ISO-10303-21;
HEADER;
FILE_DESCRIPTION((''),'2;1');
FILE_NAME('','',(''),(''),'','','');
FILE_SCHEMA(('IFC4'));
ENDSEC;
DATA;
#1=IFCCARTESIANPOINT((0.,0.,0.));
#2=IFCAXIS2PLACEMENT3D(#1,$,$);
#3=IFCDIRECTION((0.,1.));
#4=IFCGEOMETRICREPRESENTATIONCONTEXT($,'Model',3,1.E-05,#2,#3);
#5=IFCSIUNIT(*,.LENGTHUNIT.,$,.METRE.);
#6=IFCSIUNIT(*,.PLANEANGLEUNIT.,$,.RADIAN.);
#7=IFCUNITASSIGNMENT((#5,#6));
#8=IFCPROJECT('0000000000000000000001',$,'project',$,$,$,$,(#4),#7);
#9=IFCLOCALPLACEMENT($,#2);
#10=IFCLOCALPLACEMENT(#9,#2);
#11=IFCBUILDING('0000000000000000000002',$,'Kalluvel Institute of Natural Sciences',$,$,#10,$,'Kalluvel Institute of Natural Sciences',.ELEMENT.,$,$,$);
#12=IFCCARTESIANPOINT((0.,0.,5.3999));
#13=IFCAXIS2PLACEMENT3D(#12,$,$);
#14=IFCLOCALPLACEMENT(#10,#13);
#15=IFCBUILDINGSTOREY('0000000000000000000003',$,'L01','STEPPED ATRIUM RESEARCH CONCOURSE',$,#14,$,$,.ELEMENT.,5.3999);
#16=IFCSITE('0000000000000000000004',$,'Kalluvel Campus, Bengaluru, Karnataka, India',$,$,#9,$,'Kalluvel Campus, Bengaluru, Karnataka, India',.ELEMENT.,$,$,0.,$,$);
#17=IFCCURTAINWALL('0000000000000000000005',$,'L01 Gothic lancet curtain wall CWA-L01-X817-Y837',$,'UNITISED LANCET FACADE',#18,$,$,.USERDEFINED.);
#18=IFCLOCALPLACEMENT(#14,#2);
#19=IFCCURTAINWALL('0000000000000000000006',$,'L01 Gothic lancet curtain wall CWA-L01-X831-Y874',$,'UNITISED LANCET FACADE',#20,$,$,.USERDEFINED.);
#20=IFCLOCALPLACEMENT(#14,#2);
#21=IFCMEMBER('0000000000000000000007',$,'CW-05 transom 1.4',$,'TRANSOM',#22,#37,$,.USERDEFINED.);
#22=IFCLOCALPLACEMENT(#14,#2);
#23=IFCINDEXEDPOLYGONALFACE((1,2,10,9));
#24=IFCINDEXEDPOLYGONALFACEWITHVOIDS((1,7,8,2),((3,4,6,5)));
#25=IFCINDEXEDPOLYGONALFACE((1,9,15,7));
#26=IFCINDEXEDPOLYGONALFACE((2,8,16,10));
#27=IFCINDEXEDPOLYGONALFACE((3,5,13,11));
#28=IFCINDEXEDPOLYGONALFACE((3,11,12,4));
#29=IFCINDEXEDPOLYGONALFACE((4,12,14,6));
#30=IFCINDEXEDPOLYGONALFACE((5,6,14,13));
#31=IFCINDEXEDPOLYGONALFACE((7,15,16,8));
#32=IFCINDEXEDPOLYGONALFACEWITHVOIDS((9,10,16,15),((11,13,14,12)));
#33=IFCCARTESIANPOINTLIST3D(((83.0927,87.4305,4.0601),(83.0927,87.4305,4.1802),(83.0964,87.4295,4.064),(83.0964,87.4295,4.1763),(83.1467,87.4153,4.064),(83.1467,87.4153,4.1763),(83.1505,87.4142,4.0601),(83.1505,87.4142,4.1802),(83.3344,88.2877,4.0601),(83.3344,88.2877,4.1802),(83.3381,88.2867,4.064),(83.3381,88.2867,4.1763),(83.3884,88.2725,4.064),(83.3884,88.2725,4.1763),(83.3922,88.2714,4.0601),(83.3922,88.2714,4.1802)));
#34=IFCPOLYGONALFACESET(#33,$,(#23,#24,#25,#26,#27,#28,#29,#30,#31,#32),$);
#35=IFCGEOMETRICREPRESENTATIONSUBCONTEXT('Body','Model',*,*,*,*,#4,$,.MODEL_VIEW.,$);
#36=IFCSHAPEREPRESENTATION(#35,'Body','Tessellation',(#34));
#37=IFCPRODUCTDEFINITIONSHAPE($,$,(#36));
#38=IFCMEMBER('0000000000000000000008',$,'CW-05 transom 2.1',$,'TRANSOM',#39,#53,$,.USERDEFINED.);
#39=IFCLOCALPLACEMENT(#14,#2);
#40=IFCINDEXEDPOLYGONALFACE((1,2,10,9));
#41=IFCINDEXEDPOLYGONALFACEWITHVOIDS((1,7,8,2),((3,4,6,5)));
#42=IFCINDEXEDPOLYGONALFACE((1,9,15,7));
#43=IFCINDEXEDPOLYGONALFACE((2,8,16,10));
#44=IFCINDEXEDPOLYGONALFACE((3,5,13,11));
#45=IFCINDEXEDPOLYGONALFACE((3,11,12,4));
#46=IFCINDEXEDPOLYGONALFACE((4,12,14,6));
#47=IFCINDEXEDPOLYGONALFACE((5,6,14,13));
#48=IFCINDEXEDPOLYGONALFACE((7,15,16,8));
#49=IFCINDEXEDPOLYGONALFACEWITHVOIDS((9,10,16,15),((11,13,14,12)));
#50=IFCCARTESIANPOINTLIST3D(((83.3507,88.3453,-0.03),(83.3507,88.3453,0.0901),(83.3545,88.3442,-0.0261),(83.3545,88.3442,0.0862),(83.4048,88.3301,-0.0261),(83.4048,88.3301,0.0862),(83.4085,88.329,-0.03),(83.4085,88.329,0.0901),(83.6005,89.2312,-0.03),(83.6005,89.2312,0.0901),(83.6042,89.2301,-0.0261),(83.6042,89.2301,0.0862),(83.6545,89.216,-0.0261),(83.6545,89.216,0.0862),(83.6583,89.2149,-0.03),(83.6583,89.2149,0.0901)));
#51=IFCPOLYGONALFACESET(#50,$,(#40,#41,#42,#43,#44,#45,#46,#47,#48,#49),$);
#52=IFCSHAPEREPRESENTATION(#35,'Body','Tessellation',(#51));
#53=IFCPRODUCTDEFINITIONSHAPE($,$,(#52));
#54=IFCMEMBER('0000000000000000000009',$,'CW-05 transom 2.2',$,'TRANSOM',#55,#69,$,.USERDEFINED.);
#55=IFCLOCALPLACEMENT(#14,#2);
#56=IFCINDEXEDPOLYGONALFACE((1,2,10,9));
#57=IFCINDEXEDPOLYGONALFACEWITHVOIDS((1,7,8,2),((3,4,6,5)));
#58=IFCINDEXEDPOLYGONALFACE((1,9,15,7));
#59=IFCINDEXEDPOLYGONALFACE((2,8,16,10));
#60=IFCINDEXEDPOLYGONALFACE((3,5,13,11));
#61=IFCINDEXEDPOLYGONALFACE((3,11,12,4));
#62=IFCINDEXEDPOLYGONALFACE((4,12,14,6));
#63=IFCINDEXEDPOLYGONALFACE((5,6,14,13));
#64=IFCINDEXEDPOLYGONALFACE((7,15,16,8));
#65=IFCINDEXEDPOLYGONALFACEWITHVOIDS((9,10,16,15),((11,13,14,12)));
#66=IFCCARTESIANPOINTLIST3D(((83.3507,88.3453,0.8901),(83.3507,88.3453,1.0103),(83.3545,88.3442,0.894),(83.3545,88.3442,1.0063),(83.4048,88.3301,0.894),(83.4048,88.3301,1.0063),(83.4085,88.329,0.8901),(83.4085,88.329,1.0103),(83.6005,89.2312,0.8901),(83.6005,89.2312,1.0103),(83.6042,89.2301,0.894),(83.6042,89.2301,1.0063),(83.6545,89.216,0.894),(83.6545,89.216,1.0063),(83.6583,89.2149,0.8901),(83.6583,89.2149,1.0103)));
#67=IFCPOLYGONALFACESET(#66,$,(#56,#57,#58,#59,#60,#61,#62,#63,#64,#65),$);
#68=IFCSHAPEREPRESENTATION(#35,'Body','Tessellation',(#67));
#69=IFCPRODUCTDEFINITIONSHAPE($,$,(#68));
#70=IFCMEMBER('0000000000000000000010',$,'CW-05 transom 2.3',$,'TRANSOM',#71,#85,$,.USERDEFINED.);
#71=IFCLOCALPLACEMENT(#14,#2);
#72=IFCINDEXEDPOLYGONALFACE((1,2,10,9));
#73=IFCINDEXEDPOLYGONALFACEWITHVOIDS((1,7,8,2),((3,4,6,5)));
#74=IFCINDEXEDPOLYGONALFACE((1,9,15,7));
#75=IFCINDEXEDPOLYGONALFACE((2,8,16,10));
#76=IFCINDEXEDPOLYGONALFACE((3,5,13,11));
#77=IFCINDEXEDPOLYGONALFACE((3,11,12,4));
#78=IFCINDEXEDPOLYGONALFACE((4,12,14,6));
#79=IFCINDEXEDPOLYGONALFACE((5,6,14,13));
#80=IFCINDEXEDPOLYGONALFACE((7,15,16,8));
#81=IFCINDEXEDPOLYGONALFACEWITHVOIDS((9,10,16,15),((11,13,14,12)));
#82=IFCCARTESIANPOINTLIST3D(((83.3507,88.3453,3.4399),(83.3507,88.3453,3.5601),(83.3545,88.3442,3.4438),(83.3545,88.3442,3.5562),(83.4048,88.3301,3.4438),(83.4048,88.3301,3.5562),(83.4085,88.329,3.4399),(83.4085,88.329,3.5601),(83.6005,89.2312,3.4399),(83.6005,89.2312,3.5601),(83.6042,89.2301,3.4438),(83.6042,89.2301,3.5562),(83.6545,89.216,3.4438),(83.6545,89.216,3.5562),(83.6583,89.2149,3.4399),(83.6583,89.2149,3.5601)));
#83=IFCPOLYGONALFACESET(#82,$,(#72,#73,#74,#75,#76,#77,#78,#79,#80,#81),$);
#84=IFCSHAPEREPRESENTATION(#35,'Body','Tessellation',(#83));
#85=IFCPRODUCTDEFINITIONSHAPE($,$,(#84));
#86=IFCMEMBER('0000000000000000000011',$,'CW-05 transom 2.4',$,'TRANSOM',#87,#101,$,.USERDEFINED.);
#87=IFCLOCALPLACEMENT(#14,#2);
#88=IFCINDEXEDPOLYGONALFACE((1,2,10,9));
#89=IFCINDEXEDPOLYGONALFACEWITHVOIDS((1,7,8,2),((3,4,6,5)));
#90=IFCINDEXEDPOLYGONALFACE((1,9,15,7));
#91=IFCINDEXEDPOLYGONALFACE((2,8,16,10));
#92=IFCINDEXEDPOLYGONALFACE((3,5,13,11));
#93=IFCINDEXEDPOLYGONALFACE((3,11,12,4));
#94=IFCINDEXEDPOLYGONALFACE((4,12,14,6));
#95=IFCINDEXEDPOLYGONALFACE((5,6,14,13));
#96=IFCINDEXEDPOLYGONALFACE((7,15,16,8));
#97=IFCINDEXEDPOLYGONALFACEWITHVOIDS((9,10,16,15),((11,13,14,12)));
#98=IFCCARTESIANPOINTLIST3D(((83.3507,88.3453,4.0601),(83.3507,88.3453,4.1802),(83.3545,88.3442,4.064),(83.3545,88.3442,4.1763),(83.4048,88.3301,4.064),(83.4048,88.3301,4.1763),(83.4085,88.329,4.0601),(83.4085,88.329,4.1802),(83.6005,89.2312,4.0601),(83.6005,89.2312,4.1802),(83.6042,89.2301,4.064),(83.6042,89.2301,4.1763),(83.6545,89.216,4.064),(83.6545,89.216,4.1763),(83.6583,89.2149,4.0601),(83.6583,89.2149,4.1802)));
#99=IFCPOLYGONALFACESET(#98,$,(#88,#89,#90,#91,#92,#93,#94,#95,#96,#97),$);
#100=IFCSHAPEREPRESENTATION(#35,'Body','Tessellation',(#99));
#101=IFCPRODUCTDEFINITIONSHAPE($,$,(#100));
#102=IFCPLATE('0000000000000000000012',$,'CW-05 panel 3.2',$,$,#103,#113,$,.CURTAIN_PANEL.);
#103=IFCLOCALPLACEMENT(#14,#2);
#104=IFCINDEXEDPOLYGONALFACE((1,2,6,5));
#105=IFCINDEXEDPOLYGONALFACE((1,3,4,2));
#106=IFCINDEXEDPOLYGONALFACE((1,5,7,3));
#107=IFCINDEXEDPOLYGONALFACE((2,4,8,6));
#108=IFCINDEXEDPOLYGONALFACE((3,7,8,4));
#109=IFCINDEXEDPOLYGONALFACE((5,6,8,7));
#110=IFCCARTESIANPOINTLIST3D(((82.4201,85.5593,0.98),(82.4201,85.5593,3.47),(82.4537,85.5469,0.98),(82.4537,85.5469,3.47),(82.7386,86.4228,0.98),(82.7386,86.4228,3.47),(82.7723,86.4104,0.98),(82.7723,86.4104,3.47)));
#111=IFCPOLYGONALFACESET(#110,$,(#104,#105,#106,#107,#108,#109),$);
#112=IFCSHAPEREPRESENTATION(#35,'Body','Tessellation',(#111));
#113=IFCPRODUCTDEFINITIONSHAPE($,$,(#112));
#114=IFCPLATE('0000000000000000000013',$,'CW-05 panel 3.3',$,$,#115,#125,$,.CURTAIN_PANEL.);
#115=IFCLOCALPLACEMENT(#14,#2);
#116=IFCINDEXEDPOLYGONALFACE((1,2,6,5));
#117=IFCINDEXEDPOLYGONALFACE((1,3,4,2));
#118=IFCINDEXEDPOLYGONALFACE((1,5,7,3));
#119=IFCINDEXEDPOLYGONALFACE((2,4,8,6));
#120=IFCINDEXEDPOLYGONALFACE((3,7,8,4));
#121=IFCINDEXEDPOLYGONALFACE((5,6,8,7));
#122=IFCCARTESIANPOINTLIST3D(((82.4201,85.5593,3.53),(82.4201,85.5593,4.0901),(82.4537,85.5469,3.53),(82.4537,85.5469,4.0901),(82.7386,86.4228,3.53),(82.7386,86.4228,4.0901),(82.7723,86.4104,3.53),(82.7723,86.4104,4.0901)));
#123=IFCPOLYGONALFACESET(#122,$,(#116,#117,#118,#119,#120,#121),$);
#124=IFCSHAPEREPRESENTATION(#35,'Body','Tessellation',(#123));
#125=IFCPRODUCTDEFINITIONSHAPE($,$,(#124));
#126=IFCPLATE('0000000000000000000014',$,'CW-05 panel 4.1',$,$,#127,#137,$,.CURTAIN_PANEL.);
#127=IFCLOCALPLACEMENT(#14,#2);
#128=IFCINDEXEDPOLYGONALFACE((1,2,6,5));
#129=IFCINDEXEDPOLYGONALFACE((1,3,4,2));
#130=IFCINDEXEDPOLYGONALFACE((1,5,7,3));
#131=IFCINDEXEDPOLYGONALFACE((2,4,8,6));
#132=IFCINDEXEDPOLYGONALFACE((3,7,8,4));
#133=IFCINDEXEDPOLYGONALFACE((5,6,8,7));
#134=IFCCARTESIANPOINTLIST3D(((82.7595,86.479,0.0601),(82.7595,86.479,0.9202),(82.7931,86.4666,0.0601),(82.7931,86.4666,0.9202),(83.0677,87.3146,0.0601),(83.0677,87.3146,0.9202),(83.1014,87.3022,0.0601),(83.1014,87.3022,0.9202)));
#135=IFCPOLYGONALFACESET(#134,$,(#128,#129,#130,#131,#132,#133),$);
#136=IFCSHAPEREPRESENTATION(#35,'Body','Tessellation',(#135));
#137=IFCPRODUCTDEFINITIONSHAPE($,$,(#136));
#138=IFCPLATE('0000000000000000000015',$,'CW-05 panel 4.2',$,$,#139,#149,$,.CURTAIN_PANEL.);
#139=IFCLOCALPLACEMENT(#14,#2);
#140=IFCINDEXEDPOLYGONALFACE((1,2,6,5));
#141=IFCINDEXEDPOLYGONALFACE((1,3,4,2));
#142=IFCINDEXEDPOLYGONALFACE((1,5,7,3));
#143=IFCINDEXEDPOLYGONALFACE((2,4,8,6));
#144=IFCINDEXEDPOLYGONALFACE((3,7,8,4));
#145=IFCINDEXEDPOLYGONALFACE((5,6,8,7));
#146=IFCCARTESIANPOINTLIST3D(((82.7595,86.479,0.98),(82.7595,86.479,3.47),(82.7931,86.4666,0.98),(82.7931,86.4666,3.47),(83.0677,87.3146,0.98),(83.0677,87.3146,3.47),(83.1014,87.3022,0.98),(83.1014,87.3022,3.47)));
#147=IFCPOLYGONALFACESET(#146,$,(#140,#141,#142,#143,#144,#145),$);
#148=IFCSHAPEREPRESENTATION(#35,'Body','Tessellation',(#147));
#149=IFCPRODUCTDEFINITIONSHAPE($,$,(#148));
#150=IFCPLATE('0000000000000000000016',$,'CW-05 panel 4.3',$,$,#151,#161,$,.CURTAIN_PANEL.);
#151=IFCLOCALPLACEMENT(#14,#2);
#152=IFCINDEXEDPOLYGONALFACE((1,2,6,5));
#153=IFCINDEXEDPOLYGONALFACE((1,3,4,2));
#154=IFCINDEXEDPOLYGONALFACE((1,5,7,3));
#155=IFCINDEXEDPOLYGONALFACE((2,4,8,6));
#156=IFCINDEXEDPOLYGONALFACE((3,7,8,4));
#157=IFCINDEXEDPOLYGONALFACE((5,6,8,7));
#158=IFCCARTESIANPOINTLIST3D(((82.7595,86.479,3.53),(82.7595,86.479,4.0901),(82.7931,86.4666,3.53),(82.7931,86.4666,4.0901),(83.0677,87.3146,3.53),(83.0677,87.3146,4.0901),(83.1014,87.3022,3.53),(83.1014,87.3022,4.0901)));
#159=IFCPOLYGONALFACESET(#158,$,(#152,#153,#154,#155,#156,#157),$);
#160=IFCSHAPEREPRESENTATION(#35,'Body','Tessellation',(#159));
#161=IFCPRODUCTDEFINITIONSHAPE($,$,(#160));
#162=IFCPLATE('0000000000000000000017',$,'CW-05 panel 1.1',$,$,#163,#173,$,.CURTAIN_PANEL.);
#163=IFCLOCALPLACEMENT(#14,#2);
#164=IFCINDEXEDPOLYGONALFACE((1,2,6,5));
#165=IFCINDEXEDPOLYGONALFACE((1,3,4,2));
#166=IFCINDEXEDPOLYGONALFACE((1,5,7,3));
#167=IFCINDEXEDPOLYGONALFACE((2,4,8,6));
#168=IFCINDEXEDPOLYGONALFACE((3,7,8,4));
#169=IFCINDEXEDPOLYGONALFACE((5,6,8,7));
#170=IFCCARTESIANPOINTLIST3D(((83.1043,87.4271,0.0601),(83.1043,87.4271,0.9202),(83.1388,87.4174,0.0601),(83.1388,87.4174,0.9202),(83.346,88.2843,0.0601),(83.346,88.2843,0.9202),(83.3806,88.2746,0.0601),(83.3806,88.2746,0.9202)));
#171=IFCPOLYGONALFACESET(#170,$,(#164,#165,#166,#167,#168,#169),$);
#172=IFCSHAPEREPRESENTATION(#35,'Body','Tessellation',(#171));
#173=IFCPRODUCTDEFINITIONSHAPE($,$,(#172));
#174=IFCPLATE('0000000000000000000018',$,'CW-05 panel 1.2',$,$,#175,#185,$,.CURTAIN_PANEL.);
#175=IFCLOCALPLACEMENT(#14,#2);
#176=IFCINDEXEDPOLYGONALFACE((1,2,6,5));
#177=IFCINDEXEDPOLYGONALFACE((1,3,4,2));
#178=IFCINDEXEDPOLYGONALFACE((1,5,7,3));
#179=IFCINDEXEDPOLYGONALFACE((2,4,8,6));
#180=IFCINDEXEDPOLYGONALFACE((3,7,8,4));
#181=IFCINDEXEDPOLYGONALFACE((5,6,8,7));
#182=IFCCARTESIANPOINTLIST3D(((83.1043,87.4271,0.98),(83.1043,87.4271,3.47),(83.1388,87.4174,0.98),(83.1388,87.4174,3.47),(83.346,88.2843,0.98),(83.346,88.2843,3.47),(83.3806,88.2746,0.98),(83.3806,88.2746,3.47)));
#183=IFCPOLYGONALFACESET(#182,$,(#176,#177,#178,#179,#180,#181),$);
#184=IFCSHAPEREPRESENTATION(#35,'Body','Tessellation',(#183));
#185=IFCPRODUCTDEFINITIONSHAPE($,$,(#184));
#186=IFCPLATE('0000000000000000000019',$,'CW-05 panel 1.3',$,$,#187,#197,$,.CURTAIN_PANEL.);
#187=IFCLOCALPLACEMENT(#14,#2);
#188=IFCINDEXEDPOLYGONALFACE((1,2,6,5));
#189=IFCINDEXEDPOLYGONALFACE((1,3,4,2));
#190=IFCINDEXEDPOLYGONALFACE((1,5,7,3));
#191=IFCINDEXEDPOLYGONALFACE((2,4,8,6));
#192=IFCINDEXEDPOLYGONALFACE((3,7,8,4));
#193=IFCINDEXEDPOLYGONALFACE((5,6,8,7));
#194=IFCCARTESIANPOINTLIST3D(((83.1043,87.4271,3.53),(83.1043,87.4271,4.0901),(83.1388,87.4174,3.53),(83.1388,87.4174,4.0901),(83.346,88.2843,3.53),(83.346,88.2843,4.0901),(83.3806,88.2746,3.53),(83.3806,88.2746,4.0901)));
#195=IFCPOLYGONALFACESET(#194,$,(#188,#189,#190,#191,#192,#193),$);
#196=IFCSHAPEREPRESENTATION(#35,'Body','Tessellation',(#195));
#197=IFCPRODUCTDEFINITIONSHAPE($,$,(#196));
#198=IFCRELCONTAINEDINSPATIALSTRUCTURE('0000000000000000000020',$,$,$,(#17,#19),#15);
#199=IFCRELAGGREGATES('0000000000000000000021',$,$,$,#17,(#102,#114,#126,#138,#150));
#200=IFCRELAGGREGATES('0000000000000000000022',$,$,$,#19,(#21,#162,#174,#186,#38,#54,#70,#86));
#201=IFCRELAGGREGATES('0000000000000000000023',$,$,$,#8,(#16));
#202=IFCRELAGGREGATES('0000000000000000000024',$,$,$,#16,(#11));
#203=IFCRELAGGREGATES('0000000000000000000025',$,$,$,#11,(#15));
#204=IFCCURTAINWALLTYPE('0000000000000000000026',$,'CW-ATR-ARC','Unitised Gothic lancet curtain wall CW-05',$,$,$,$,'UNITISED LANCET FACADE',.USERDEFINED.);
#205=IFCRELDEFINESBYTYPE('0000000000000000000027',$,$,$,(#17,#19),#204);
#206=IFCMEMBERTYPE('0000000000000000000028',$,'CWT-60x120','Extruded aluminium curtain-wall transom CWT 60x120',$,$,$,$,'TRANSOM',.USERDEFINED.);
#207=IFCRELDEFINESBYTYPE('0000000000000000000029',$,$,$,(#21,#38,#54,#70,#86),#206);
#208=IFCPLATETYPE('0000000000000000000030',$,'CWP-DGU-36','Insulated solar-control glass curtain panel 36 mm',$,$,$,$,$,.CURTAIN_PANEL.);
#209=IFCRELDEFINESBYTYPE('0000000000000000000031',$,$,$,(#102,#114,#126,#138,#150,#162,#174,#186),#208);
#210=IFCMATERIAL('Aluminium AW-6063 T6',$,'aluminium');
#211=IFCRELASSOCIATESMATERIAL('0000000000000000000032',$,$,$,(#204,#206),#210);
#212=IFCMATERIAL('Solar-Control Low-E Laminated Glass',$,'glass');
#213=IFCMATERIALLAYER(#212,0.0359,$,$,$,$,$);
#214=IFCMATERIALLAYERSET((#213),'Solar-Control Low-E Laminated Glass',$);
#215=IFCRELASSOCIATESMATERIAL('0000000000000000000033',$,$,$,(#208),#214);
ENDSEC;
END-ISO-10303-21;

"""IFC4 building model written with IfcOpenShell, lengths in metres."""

from ifc_helpers import new_model, si_unit, direction, frame, origin, origin_2d, place, context, subcontext, project, spatial, rectangle, hollow_rectangle, extrude, material, layer, layer_set, material_profile, profile_set, type_object, element, aggregate, save


model = new_model("IFC4")

# Units and contexts
model_context = context("Model", 3, precision=1e-05, world=origin(), true_north=direction((0.0, 1.0)))
body_context = subcontext(model_context, "Body", "Model", "MODEL_VIEW")
ifc_project = project(units=[si_unit("LENGTHUNIT", "METRE"), si_unit("PLANEANGLEUNIT", "RADIAN")], contexts=[model_context])

# Site, building, storey
site_placement = place(None, origin())
site = spatial("IfcSite", under=ifc_project, at=site_placement, Name="Kalluvel Campus, Bengaluru, Karnataka, India", LongName="Kalluvel Campus, Bengaluru, Karnataka, India", CompositionType="ELEMENT", RefElevation=0.0)
building_placement = place(site_placement, origin())
building = spatial("IfcBuilding", under=site, at=building_placement, Name="Kalluvel Institute of Natural Sciences", LongName="Kalluvel Institute of Natural Sciences", CompositionType="ELEMENT")
storey_placement = place(building_placement, frame((0.0, 0.0, 5.3999)))
storey = spatial("IfcBuildingStorey", under=building, at=storey_placement, Name="L01", Description="STEPPED ATRIUM RESEARCH CONCOURSE", CompositionType="ELEMENT", Elevation=5.3999)

# Curtain walls
ifc_material_1 = material(Name="Aluminium AW-6063 T6", Category="aluminium")
curtain_wall_type = type_object("IfcCurtainWallType", Name="CW-ATR-ARC", Description="Unitised Gothic lancet curtain wall CW-05", ElementType="UNITISED LANCET FACADE", PredefinedType="USERDEFINED", material=ifc_material_1)
curtain_wall_1_placement = place(storey_placement, origin())
curtain_wall_1 = element("IfcCurtainWall", 1, at=curtain_wall_1_placement, inside=storey, type_object=curtain_wall_type, Name="L01 Gothic lancet curtain wall CWA-L01-X817-Y837", ObjectType="UNITISED LANCET FACADE", PredefinedType="USERDEFINED")
curtain_wall_2_placement = place(storey_placement, origin())
curtain_wall_2 = element("IfcCurtainWall", 2, at=curtain_wall_2_placement, inside=storey, type_object=curtain_wall_type, Name="L01 Gothic lancet curtain wall CWA-L01-X831-Y874", ObjectType="UNITISED LANCET FACADE", PredefinedType="USERDEFINED")

# Members
ifc_material_profile_1 = material_profile(ifc_material_1, hollow_rectangle(XDim=0.0601, YDim=0.1201, WallThickness=0.0039, at=origin_2d()), Name="CWT 60x120")
ifc_profile_set_1 = profile_set([ifc_material_profile_1], Name="Aluminium AW-6063 T6")
member_type_1 = type_object("IfcMemberType", Name="CWT-60x120", Description="Extruded aluminium curtain-wall transom CWT 60x120", ElementType="TRANSOM", PredefinedType="USERDEFINED", material=ifc_profile_set_1)
member_1_placement = place(storey_placement, frame((83.1216, 87.4224, 4.1201), z_axis=(0.271389, 0.96247, 0.0), x_axis=(-0.96247, 0.271389, 0.0)))
member_1 = element("IfcMember", 3, at=member_1_placement, type_object=member_type_1, Name="CW-05 transom 1.4", ObjectType="TRANSOM", PredefinedType="USERDEFINED", context=body_context, shape_type="SweptSolid", body=[
    extrude(hollow_rectangle(XDim=0.0601, YDim=0.1201, WallThickness=0.0039, at=origin_2d()), origin(), (0.0, 0.0, 1.0), 0.8906),
])
member_2_placement = place(storey_placement, frame((83.3796, 88.3372, 0.03), z_axis=(0.271322, 0.962489, 0.0), x_axis=(-0.962489, 0.271322, 0.0)))
member_2 = element("IfcMember", 4, at=member_2_placement, type_object=member_type_1, Name="CW-05 transom 2.1", ObjectType="TRANSOM", PredefinedType="USERDEFINED", context=body_context, shape_type="SweptSolid", body=[
    extrude(hollow_rectangle(XDim=0.0601, YDim=0.1201, WallThickness=0.0039, at=origin_2d()), origin(), (0.0, 0.0, 1.0), 0.9204),
])
member_3_placement = place(storey_placement, frame((83.3796, 88.3372, 0.9502), z_axis=(0.271322, 0.962489, 0.0), x_axis=(-0.962489, 0.271322, 0.0)))
member_3 = element("IfcMember", 5, at=member_3_placement, type_object=member_type_1, Name="CW-05 transom 2.2", ObjectType="TRANSOM", PredefinedType="USERDEFINED", context=body_context, shape_type="SweptSolid", body=[
    extrude(hollow_rectangle(XDim=0.0601, YDim=0.1201, WallThickness=0.0039, at=origin_2d()), origin(), (0.0, 0.0, 1.0), 0.9204),
])
member_4_placement = place(storey_placement, frame((83.3796, 88.3372, 3.5), z_axis=(0.271322, 0.962489, 0.0), x_axis=(-0.962489, 0.271322, 0.0)))
member_4 = element("IfcMember", 6, at=member_4_placement, type_object=member_type_1, Name="CW-05 transom 2.3", ObjectType="TRANSOM", PredefinedType="USERDEFINED", context=body_context, shape_type="SweptSolid", body=[
    extrude(hollow_rectangle(XDim=0.0601, YDim=0.1201, WallThickness=0.0039, at=origin_2d()), origin(), (0.0, 0.0, 1.0), 0.9204),
])
member_5_placement = place(storey_placement, frame((83.3796, 88.3372, 4.1201), z_axis=(0.271322, 0.962489, 0.0), x_axis=(-0.962489, 0.271322, 0.0)))
member_5 = element("IfcMember", 7, at=member_5_placement, type_object=member_type_1, Name="CW-05 transom 2.4", ObjectType="TRANSOM", PredefinedType="USERDEFINED", context=body_context, shape_type="SweptSolid", body=[
    extrude(hollow_rectangle(XDim=0.0601, YDim=0.1201, WallThickness=0.0039, at=origin_2d()), origin(), (0.0, 0.0, 1.0), 0.9204),
])

# Plates
ifc_material_2 = material(Name="Solar-Control Low-E Laminated Glass", Category="glass")
ifc_layer = layer(ifc_material_2, 0.0359)
ifc_layer_set = layer_set([ifc_layer], Name="Solar-Control Low-E Laminated Glass")
plate_type = type_object("IfcPlateType", Name="CWP-DGU-36", Description="Insulated solar-control glass curtain panel 36 mm", PredefinedType="CURTAIN_PANEL", material=ifc_layer_set)
plate_1_placement = place(storey_placement, frame((82.5962, 85.9849, 0.98), z_axis=(0.0, 0.0, 1.0), x_axis=(0.346122, 0.938189, 0.0)))
plate_1 = element("IfcPlate", 8, at=plate_1_placement, type_object=plate_type, Name="CW-05 panel 3.2", PredefinedType="CURTAIN_PANEL", context=body_context, shape_type="SweptSolid", body=[
    extrude(rectangle(XDim=0.9204, YDim=0.0359, at=origin_2d()), origin(), (0.0, 0.0, 1.0), 2.49),
])
plate_2_placement = place(storey_placement, frame((82.5962, 85.9849, 3.53), z_axis=(0.0, 0.0, 1.0), x_axis=(0.346122, 0.938189, 0.0)))
plate_2 = element("IfcPlate", 9, at=plate_2_placement, type_object=plate_type, Name="CW-05 panel 3.3", PredefinedType="CURTAIN_PANEL", context=body_context, shape_type="SweptSolid", body=[
    extrude(rectangle(XDim=0.9204, YDim=0.0359, at=origin_2d()), origin(), (0.0, 0.0, 1.0), 0.5601),
])
plate_3_placement = place(storey_placement, frame((82.9304, 86.8906, 0.0601), z_axis=(0.0, 0.0, 1.0), x_axis=(0.346122, 0.938189, 0.0)))
plate_3 = element("IfcPlate", 10, at=plate_3_placement, type_object=plate_type, Name="CW-05 panel 4.1", PredefinedType="CURTAIN_PANEL", context=body_context, shape_type="SweptSolid", body=[
    extrude(rectangle(XDim=0.8906, YDim=0.0359, at=origin_2d()), origin(), (0.0, 0.0, 1.0), 0.8601),
])
plate_4_placement = place(storey_placement, frame((82.9304, 86.8906, 0.98), z_axis=(0.0, 0.0, 1.0), x_axis=(0.346122, 0.938189, 0.0)))
plate_4 = element("IfcPlate", 11, at=plate_4_placement, type_object=plate_type, Name="CW-05 panel 4.2", PredefinedType="CURTAIN_PANEL", context=body_context, shape_type="SweptSolid", body=[
    extrude(rectangle(XDim=0.8906, YDim=0.0359, at=origin_2d()), origin(), (0.0, 0.0, 1.0), 2.49),
])
plate_5_placement = place(storey_placement, frame((82.9304, 86.8906, 3.53), z_axis=(0.0, 0.0, 1.0), x_axis=(0.346122, 0.938189, 0.0)))
plate_5 = element("IfcPlate", 12, at=plate_5_placement, type_object=plate_type, Name="CW-05 panel 4.3", PredefinedType="CURTAIN_PANEL", context=body_context, shape_type="SweptSolid", body=[
    extrude(rectangle(XDim=0.8906, YDim=0.0359, at=origin_2d()), origin(), (0.0, 0.0, 1.0), 0.5601),
])
aggregate(curtain_wall_1, [plate_1, plate_2, plate_3, plate_4, plate_5])
plate_6_placement = place(storey_placement, frame((83.2424, 87.8508, 0.0601), z_axis=(0.0, 0.0, 1.0), x_axis=(0.27144, 0.962455, 0.0)))
plate_6 = element("IfcPlate", 13, at=plate_6_placement, type_object=plate_type, Name="CW-05 panel 1.1", PredefinedType="CURTAIN_PANEL", context=body_context, shape_type="SweptSolid", body=[
    extrude(rectangle(XDim=0.8906, YDim=0.0359, at=origin_2d()), origin(), (0.0, 0.0, 1.0), 0.8601),
])
plate_7_placement = place(storey_placement, frame((83.2424, 87.8508, 0.98), z_axis=(0.0, 0.0, 1.0), x_axis=(0.27144, 0.962455, 0.0)))
plate_7 = element("IfcPlate", 14, at=plate_7_placement, type_object=plate_type, Name="CW-05 panel 1.2", PredefinedType="CURTAIN_PANEL", context=body_context, shape_type="SweptSolid", body=[
    extrude(rectangle(XDim=0.8906, YDim=0.0359, at=origin_2d()), origin(), (0.0, 0.0, 1.0), 2.49),
])
plate_8_placement = place(storey_placement, frame((83.2424, 87.8508, 3.53), z_axis=(0.0, 0.0, 1.0), x_axis=(0.27144, 0.962455, 0.0)))
plate_8 = element("IfcPlate", 15, at=plate_8_placement, type_object=plate_type, Name="CW-05 panel 1.3", PredefinedType="CURTAIN_PANEL", context=body_context, shape_type="SweptSolid", body=[
    extrude(rectangle(XDim=0.8906, YDim=0.0359, at=origin_2d()), origin(), (0.0, 0.0, 1.0), 0.5601),
])
aggregate(curtain_wall_2, [member_1, plate_6, plate_7, plate_8, member_2, member_3, member_4, member_5])

save(model, "model.ifc")
